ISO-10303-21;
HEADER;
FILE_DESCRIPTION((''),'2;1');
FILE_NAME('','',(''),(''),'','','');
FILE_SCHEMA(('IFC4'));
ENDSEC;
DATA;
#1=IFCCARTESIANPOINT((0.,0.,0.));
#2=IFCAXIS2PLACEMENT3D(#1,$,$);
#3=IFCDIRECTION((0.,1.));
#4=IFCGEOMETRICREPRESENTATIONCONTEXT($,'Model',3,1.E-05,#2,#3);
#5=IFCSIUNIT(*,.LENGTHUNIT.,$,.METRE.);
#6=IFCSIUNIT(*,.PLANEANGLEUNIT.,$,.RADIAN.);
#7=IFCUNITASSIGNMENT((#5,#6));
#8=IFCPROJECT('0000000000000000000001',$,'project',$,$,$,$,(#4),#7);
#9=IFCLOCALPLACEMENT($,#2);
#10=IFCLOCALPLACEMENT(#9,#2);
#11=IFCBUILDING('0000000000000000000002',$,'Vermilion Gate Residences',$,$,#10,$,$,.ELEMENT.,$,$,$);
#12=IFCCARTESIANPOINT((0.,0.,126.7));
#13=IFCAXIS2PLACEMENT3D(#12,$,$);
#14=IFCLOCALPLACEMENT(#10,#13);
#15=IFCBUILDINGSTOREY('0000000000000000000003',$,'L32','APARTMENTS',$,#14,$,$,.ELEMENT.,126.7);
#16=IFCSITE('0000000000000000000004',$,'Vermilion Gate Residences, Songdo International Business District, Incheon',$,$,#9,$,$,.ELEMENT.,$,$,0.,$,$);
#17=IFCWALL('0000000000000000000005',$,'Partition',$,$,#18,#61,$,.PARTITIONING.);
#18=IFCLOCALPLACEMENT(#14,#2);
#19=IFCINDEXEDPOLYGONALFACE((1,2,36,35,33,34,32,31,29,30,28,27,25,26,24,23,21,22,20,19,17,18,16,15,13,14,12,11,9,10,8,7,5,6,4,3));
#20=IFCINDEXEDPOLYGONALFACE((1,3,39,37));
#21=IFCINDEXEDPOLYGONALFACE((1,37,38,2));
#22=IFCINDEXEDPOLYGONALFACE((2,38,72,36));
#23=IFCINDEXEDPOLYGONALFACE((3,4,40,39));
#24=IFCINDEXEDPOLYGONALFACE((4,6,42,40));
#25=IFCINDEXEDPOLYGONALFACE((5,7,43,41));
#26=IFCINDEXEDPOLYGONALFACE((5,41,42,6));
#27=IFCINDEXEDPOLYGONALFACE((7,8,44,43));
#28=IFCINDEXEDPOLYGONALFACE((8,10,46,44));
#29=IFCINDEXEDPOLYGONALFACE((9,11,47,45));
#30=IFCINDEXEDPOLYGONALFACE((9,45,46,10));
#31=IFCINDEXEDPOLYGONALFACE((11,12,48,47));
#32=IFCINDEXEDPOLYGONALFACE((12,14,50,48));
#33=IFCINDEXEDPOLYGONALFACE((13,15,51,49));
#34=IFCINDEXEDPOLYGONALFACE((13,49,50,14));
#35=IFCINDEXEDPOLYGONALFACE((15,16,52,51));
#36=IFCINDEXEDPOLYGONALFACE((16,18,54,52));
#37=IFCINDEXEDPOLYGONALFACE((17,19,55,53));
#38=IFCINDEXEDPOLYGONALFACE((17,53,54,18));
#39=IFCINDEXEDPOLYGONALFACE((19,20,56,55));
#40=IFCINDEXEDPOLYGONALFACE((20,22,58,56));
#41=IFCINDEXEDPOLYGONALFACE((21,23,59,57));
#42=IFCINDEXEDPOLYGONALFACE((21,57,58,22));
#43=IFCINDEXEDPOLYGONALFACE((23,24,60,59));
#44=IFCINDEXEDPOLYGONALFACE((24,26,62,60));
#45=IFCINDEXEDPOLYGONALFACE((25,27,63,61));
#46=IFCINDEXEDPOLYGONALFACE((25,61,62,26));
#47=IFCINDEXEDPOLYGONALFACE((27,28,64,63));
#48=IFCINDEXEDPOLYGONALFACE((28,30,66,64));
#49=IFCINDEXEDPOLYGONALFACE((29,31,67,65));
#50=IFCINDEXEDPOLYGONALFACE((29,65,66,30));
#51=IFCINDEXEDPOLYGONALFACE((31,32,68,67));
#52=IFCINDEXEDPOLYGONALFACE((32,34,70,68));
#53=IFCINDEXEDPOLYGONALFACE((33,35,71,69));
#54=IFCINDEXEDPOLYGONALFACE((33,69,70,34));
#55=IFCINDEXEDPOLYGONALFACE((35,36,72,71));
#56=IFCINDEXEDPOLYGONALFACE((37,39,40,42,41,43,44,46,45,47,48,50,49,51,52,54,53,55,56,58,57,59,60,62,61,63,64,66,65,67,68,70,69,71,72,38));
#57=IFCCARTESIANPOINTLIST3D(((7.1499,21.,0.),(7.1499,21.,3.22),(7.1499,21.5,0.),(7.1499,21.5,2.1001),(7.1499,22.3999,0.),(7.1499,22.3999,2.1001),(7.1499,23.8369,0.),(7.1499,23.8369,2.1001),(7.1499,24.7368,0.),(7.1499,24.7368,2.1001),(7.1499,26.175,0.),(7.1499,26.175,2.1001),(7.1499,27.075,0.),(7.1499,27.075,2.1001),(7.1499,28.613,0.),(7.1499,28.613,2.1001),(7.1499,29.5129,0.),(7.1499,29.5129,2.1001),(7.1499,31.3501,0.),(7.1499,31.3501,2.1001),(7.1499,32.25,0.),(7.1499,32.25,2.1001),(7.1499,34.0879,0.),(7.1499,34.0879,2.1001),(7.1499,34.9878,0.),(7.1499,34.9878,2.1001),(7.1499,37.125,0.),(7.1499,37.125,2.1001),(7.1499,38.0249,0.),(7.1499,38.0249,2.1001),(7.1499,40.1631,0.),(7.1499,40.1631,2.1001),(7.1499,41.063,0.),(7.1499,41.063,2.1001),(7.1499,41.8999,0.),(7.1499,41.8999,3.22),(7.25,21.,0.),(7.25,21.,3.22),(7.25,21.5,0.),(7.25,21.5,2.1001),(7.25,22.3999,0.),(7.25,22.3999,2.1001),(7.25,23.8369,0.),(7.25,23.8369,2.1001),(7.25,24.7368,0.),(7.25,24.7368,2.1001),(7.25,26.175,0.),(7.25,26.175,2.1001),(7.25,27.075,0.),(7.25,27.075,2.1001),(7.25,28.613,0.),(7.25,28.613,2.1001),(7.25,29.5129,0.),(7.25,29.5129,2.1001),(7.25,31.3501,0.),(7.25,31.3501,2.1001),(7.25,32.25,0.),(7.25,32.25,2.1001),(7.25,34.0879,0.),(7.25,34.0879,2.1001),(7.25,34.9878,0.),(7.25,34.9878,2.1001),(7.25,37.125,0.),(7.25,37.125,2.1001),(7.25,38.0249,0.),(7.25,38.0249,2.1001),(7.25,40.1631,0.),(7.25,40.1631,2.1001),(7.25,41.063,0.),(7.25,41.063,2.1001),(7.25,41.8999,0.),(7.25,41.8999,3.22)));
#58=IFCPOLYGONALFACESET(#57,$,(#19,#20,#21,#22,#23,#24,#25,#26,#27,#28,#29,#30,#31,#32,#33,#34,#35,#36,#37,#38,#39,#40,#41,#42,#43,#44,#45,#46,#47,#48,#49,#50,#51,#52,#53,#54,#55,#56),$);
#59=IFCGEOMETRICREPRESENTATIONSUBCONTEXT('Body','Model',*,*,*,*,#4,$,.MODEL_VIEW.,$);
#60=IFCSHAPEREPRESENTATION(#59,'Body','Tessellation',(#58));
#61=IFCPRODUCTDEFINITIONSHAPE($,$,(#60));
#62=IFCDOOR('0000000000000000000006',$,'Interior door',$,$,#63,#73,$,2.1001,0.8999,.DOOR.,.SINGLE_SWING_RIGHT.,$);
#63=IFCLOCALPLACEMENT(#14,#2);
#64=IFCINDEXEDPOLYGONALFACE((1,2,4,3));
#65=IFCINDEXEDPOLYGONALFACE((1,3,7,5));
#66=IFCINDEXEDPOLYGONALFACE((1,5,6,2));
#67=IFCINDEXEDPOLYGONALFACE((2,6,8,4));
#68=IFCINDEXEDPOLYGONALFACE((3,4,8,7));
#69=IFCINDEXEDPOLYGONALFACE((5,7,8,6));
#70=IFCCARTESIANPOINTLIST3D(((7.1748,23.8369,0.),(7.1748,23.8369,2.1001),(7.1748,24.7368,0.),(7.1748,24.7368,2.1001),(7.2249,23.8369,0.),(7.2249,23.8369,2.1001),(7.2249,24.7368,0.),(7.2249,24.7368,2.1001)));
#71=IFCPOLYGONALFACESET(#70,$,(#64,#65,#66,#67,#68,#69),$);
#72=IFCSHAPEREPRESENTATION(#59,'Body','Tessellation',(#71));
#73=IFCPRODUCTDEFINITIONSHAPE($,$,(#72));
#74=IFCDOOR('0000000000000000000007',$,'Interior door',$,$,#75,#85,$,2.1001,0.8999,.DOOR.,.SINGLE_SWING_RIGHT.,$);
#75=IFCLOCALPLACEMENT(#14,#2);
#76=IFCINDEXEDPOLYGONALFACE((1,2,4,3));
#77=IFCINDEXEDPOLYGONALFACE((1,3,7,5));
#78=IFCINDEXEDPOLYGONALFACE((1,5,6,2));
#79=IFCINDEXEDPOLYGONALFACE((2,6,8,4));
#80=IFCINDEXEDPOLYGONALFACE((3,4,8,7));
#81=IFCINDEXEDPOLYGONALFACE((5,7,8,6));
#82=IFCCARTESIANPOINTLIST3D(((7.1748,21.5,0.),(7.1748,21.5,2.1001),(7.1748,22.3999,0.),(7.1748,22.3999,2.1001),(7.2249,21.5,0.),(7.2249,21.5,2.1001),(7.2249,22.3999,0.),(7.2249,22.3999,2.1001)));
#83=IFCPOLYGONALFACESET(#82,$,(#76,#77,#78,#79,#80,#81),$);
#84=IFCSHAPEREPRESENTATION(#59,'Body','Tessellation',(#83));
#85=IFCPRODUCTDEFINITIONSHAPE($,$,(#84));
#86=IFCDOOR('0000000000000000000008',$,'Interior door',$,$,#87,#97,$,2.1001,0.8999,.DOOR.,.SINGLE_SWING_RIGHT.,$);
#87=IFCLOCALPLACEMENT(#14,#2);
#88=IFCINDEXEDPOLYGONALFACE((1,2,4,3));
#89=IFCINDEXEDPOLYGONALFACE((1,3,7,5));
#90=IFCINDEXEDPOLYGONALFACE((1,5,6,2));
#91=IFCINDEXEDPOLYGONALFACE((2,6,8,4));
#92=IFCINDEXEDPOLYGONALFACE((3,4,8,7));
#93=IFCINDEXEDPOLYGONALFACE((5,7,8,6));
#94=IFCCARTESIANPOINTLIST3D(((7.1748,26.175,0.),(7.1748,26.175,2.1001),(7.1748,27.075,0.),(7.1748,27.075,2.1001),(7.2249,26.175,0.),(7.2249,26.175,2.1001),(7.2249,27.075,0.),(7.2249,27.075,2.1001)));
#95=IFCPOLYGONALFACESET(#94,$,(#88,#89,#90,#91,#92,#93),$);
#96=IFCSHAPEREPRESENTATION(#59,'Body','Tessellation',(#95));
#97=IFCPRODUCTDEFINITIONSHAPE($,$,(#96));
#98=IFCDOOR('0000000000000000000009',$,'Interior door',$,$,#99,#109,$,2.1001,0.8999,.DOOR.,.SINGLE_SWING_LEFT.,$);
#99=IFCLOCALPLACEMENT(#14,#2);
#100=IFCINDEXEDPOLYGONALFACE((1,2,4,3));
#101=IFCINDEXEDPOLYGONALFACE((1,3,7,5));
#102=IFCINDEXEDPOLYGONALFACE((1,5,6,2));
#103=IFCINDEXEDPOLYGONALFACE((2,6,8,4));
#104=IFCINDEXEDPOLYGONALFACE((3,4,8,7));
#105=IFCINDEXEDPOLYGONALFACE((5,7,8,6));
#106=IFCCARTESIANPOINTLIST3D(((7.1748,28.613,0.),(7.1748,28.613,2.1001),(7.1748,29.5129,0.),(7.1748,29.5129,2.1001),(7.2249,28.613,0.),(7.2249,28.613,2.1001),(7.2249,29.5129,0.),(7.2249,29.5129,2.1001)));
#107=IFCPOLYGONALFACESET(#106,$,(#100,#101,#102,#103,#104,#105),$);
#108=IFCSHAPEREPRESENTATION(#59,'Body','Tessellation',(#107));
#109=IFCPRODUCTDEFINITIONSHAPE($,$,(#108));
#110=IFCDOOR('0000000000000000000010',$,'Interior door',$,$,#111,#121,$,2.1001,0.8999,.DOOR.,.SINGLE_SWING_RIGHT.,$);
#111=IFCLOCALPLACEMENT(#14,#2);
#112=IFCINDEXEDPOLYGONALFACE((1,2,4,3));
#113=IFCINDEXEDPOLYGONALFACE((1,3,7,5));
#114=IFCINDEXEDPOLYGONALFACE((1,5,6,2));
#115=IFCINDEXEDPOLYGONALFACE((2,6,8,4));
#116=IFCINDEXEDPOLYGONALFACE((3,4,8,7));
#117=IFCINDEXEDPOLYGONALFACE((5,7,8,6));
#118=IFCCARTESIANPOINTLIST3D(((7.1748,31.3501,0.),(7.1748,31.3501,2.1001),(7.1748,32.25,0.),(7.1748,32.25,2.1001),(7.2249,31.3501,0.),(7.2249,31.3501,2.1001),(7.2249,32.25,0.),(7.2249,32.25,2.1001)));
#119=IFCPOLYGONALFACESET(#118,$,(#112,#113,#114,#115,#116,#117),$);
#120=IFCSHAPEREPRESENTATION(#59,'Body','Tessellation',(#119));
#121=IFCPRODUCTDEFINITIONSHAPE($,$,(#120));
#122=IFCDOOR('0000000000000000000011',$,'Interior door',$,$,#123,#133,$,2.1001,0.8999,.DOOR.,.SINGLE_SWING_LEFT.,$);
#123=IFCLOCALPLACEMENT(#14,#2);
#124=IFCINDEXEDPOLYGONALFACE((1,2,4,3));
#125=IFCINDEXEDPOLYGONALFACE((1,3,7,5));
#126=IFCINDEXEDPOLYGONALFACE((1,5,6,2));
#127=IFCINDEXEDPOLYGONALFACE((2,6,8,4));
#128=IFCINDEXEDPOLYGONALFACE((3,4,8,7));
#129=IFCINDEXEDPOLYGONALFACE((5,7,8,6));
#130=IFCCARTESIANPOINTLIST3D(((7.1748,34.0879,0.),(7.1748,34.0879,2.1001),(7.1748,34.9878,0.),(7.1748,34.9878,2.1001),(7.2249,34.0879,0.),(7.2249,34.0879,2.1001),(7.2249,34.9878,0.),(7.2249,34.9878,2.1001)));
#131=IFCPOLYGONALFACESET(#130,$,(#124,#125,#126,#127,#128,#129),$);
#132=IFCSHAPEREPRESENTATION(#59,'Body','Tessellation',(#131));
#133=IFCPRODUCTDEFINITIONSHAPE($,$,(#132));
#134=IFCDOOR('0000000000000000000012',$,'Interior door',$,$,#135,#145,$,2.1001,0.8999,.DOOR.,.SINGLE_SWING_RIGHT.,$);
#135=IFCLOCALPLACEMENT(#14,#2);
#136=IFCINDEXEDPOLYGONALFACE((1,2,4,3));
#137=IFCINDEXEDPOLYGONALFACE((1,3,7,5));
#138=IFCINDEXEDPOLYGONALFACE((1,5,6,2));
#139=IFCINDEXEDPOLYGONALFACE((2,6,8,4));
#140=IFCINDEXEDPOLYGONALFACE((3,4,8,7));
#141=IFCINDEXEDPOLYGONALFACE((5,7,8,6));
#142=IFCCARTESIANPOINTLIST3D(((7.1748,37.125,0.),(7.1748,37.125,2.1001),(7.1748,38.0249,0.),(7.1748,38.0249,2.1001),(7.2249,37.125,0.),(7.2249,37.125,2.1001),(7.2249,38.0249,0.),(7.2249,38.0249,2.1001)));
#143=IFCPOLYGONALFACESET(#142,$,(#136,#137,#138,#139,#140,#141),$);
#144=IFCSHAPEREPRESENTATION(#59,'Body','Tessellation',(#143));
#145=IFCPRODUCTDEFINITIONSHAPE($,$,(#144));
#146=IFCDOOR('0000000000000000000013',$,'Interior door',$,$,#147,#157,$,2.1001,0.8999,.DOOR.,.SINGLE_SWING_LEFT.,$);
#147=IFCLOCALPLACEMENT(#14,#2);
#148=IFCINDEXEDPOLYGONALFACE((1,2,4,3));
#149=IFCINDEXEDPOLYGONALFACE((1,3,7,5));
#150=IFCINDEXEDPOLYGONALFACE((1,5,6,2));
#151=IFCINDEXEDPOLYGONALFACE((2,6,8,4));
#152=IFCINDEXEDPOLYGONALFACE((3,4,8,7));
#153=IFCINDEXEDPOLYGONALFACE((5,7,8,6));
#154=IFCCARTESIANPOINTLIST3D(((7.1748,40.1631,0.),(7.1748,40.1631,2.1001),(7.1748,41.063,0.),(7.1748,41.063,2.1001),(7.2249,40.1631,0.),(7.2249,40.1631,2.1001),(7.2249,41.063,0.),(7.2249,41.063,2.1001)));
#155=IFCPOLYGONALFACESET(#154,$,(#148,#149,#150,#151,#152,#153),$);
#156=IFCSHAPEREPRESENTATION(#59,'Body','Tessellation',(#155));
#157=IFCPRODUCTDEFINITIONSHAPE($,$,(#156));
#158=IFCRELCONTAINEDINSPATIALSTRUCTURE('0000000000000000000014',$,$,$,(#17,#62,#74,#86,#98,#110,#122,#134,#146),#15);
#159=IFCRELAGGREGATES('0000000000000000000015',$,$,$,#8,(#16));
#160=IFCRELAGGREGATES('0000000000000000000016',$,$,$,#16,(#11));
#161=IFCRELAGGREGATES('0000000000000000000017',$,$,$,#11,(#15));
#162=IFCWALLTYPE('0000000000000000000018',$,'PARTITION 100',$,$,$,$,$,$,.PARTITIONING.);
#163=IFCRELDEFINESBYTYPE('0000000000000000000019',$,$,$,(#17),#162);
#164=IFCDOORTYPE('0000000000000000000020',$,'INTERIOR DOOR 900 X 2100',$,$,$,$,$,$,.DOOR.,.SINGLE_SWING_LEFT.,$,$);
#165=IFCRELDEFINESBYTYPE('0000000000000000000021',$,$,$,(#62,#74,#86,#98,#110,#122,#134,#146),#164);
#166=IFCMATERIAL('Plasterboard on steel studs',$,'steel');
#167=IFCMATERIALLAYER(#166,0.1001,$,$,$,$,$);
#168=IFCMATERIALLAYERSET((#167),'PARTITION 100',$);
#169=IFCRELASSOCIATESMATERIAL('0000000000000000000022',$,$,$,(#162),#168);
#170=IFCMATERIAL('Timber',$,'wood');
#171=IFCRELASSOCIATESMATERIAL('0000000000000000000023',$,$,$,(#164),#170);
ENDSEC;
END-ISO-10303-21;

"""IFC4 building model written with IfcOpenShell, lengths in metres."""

from ifc_helpers import new_model, si_unit, direction, frame, frame_2d, origin, place, context, subcontext, project, spatial, rectangle, extrude, material, layer, layer_set, type_object, element, fill, save


model = new_model("IFC4")

# Units and contexts
model_context = context("Model", 3, precision=1e-05, world=origin(), true_north=direction((0.0, 1.0)))
body_context = subcontext(model_context, "Body", "Model", "MODEL_VIEW")
ifc_project = project(units=[si_unit("LENGTHUNIT", "METRE"), si_unit("PLANEANGLEUNIT", "RADIAN")], contexts=[model_context])

# Site, building, storey
site_placement = place(None, origin())
site = spatial("IfcSite", under=ifc_project, at=site_placement, Name="Vermilion Gate Residences, Songdo International Business District, Incheon", CompositionType="ELEMENT", RefElevation=0.0)
building_placement = place(site_placement, origin())
building = spatial("IfcBuilding", under=site, at=building_placement, Name="Vermilion Gate Residences", CompositionType="ELEMENT")
storey_placement = place(building_placement, frame((0.0, 0.0, 126.7)))
storey = spatial("IfcBuildingStorey", under=building, at=storey_placement, Name="L32", Description="APARTMENTS", CompositionType="ELEMENT", Elevation=126.7)

# Shared definitions
ifc_material_1 = material(Name="Plasterboard on steel studs", Category="steel")
ifc_layer = layer(ifc_material_1, 0.1001)
ifc_layer_set = layer_set([ifc_layer], Name="PARTITION 100")
wall_type = type_object("IfcWallType", Name="PARTITION 100", PredefinedType="PARTITIONING", material=ifc_layer_set)

# Wall, openings, doors
wall_1_placement = place(storey_placement, frame((7.2, 21.0, 0.0), z_axis=(0.0, 0.0, 1.0), x_axis=(0.0, 1.0, 0.0)))
wall_1 = element("IfcWall", 1, at=wall_1_placement, inside=storey, type_object=wall_type, Name="Partition", PredefinedType="PARTITIONING", context=body_context, shape_type="SweptSolid", body=[
    extrude(rectangle(XDim=20.8999, YDim=0.1001, at=frame_2d((10.45, 0.0))), origin(), (0.0, 0.0, 1.0), 3.22),
])
opening_1_placement = place(wall_1_placement, frame((2.8369, 0.0, 0.0)))
opening_1 = element("IfcOpeningElement", 2, at=opening_1_placement, cuts=wall_1, PredefinedType="OPENING", context=body_context, shape_type="SweptSolid", body=[
    extrude(rectangle(XDim=0.8999, YDim=2.1001, at=frame_2d((0.45, 1.05))), frame((0.0, 0.0601, 0.0), z_axis=(0.0, -1.0, 0.0), x_axis=(1.0, 0.0, 0.0)), (0.0, 0.0, 1.0), 0.1201),
])
opening_2_placement = place(wall_1_placement, frame((0.5, 0.0, 0.0)))
opening_2 = element("IfcOpeningElement", 3, at=opening_2_placement, cuts=wall_1, PredefinedType="OPENING", context=body_context, shape_type="SweptSolid", body=[
    extrude(rectangle(XDim=0.8999, YDim=2.1001, at=frame_2d((0.45, 1.05))), frame((0.0, 0.0601, 0.0), z_axis=(0.0, -1.0, 0.0), x_axis=(1.0, 0.0, 0.0)), (0.0, 0.0, 1.0), 0.1201),
])
opening_3_placement = place(wall_1_placement, frame((5.175, 0.0, 0.0)))
opening_3 = element("IfcOpeningElement", 4, at=opening_3_placement, cuts=wall_1, PredefinedType="OPENING", context=body_context, shape_type="SweptSolid", body=[
    extrude(rectangle(XDim=0.8999, YDim=2.1001, at=frame_2d((0.45, 1.05))), frame((0.0, 0.0601, 0.0), z_axis=(0.0, -1.0, 0.0), x_axis=(1.0, 0.0, 0.0)), (0.0, 0.0, 1.0), 0.1201),
])
opening_4_placement = place(wall_1_placement, frame((7.613, 0.0, 0.0)))
opening_4 = element("IfcOpeningElement", 5, at=opening_4_placement, cuts=wall_1, PredefinedType="OPENING", context=body_context, shape_type="SweptSolid", body=[
    extrude(rectangle(XDim=0.8999, YDim=2.1001, at=frame_2d((0.45, 1.05))), frame((0.0, 0.0601, 0.0), z_axis=(0.0, -1.0, 0.0), x_axis=(1.0, 0.0, 0.0)), (0.0, 0.0, 1.0), 0.1201),
])
opening_5_placement = place(wall_1_placement, frame((10.3501, 0.0, 0.0)))
opening_5 = element("IfcOpeningElement", 6, at=opening_5_placement, cuts=wall_1, PredefinedType="OPENING", context=body_context, shape_type="SweptSolid", body=[
    extrude(rectangle(XDim=0.8999, YDim=2.1001, at=frame_2d((0.45, 1.05))), frame((0.0, 0.0601, 0.0), z_axis=(0.0, -1.0, 0.0), x_axis=(1.0, 0.0, 0.0)), (0.0, 0.0, 1.0), 0.1201),
])
opening_6_placement = place(wall_1_placement, frame((13.0879, 0.0, 0.0)))
opening_6 = element("IfcOpeningElement", 7, at=opening_6_placement, cuts=wall_1, PredefinedType="OPENING", context=body_context, shape_type="SweptSolid", body=[
    extrude(rectangle(XDim=0.8999, YDim=2.1001, at=frame_2d((0.45, 1.05))), frame((0.0, 0.0601, 0.0), z_axis=(0.0, -1.0, 0.0), x_axis=(1.0, 0.0, 0.0)), (0.0, 0.0, 1.0), 0.1201),
])
opening_7_placement = place(wall_1_placement, frame((16.125, 0.0, 0.0)))
opening_7 = element("IfcOpeningElement", 8, at=opening_7_placement, cuts=wall_1, PredefinedType="OPENING", context=body_context, shape_type="SweptSolid", body=[
    extrude(rectangle(XDim=0.8999, YDim=2.1001, at=frame_2d((0.45, 1.05))), frame((0.0, 0.0601, 0.0), z_axis=(0.0, -1.0, 0.0), x_axis=(1.0, 0.0, 0.0)), (0.0, 0.0, 1.0), 0.1201),
])
opening_8_placement = place(wall_1_placement, frame((19.1631, 0.0, 0.0)))
opening_8 = element("IfcOpeningElement", 9, at=opening_8_placement, cuts=wall_1, PredefinedType="OPENING", context=body_context, shape_type="SweptSolid", body=[
    extrude(rectangle(XDim=0.8999, YDim=2.1001, at=frame_2d((0.45, 1.05))), frame((0.0, 0.0601, 0.0), z_axis=(0.0, -1.0, 0.0), x_axis=(1.0, 0.0, 0.0)), (0.0, 0.0, 1.0), 0.1201),
])
ifc_material_2 = material(Name="Timber", Category="wood")
door_type = type_object("IfcDoorType", Name="INTERIOR DOOR 900 X 2100", OperationType="SINGLE_SWING_LEFT", PredefinedType="DOOR", material=ifc_material_2)
door_1_placement = place(opening_1_placement, frame((0.8999, 0.0, 0.0), z_axis=(0.0, 0.0, 1.0), x_axis=(-1.0, 0.0, 0.0)))
door_1 = element("IfcDoor", 10, at=door_1_placement, inside=storey, type_object=door_type, Name="Interior door", OperationType="SINGLE_SWING_RIGHT", OverallHeight=2.1001, OverallWidth=0.8999, PredefinedType="DOOR", context=body_context, shape_type="SweptSolid", body=[
    extrude(rectangle(XDim=0.8999, YDim=2.1001, at=frame_2d((0.45, 1.05))), frame((0.0, 0.0249, 0.0), z_axis=(0.0, -1.0, 0.0), x_axis=(1.0, 0.0, 0.0)), (0.0, 0.0, 1.0), 0.05),
])
fill(opening_1, door_1)
door_2_placement = place(opening_2_placement, frame((0.8999, 0.0, 0.0), z_axis=(0.0, 0.0, 1.0), x_axis=(-1.0, 0.0, 0.0)))
door_2 = element("IfcDoor", 11, at=door_2_placement, inside=storey, type_object=door_type, Name="Interior door", OperationType="SINGLE_SWING_RIGHT", OverallHeight=2.1001, OverallWidth=0.8999, PredefinedType="DOOR", context=body_context, shape_type="SweptSolid", body=[
    extrude(rectangle(XDim=0.8999, YDim=2.1001, at=frame_2d((0.45, 1.05))), frame((0.0, 0.0249, 0.0), z_axis=(0.0, -1.0, 0.0), x_axis=(1.0, 0.0, 0.0)), (0.0, 0.0, 1.0), 0.05),
])
fill(opening_2, door_2)
door_3_placement = place(opening_3_placement, frame((0.8999, 0.0, 0.0), z_axis=(0.0, 0.0, 1.0), x_axis=(-1.0, 0.0, 0.0)))
door_3 = element("IfcDoor", 12, at=door_3_placement, inside=storey, type_object=door_type, Name="Interior door", OperationType="SINGLE_SWING_RIGHT", OverallHeight=2.1001, OverallWidth=0.8999, PredefinedType="DOOR", context=body_context, shape_type="SweptSolid", body=[
    extrude(rectangle(XDim=0.8999, YDim=2.1001, at=frame_2d((0.45, 1.05))), frame((0.0, 0.0249, 0.0), z_axis=(0.0, -1.0, 0.0), x_axis=(1.0, 0.0, 0.0)), (0.0, 0.0, 1.0), 0.05),
])
fill(opening_3, door_3)
door_4_placement = place(opening_4_placement, frame((0.8999, 0.0, 0.0), z_axis=(0.0, 0.0, 1.0), x_axis=(-1.0, 0.0, 0.0)))
door_4 = element("IfcDoor", 13, at=door_4_placement, inside=storey, type_object=door_type, Name="Interior door", OperationType="SINGLE_SWING_LEFT", OverallHeight=2.1001, OverallWidth=0.8999, PredefinedType="DOOR", context=body_context, shape_type="SweptSolid", body=[
    extrude(rectangle(XDim=0.8999, YDim=2.1001, at=frame_2d((0.45, 1.05))), frame((0.0, 0.0249, 0.0), z_axis=(0.0, -1.0, 0.0), x_axis=(1.0, 0.0, 0.0)), (0.0, 0.0, 1.0), 0.05),
])
fill(opening_4, door_4)
door_5_placement = place(opening_5_placement, frame((0.8999, 0.0, 0.0), z_axis=(0.0, 0.0, 1.0), x_axis=(-1.0, 0.0, 0.0)))
door_5 = element("IfcDoor", 14, at=door_5_placement, inside=storey, type_object=door_type, Name="Interior door", OperationType="SINGLE_SWING_RIGHT", OverallHeight=2.1001, OverallWidth=0.8999, PredefinedType="DOOR", context=body_context, shape_type="SweptSolid", body=[
    extrude(rectangle(XDim=0.8999, YDim=2.1001, at=frame_2d((0.45, 1.05))), frame((0.0, 0.0249, 0.0), z_axis=(0.0, -1.0, 0.0), x_axis=(1.0, 0.0, 0.0)), (0.0, 0.0, 1.0), 0.05),
])
fill(opening_5, door_5)
door_6_placement = place(opening_6_placement, frame((0.8999, 0.0, 0.0), z_axis=(0.0, 0.0, 1.0), x_axis=(-1.0, 0.0, 0.0)))
door_6 = element("IfcDoor", 15, at=door_6_placement, inside=storey, type_object=door_type, Name="Interior door", OperationType="SINGLE_SWING_LEFT", OverallHeight=2.1001, OverallWidth=0.8999, PredefinedType="DOOR", context=body_context, shape_type="SweptSolid", body=[
    extrude(rectangle(XDim=0.8999, YDim=2.1001, at=frame_2d((0.45, 1.05))), frame((0.0, 0.0249, 0.0), z_axis=(0.0, -1.0, 0.0), x_axis=(1.0, 0.0, 0.0)), (0.0, 0.0, 1.0), 0.05),
])
fill(opening_6, door_6)
door_7_placement = place(opening_7_placement, frame((0.8999, 0.0, 0.0), z_axis=(0.0, 0.0, 1.0), x_axis=(-1.0, 0.0, 0.0)))
door_7 = element("IfcDoor", 16, at=door_7_placement, inside=storey, type_object=door_type, Name="Interior door", OperationType="SINGLE_SWING_RIGHT", OverallHeight=2.1001, OverallWidth=0.8999, PredefinedType="DOOR", context=body_context, shape_type="SweptSolid", body=[
    extrude(rectangle(XDim=0.8999, YDim=2.1001, at=frame_2d((0.45, 1.05))), frame((0.0, 0.0249, 0.0), z_axis=(0.0, -1.0, 0.0), x_axis=(1.0, 0.0, 0.0)), (0.0, 0.0, 1.0), 0.05),
])
fill(opening_7, door_7)
door_8_placement = place(opening_8_placement, frame((0.8999, 0.0, 0.0), z_axis=(0.0, 0.0, 1.0), x_axis=(-1.0, 0.0, 0.0)))
door_8 = element("IfcDoor", 17, at=door_8_placement, inside=storey, type_object=door_type, Name="Interior door", OperationType="SINGLE_SWING_LEFT", OverallHeight=2.1001, OverallWidth=0.8999, PredefinedType="DOOR", context=body_context, shape_type="SweptSolid", body=[
    extrude(rectangle(XDim=0.8999, YDim=2.1001, at=frame_2d((0.45, 1.05))), frame((0.0, 0.0249, 0.0), z_axis=(0.0, -1.0, 0.0), x_axis=(1.0, 0.0, 0.0)), (0.0, 0.0, 1.0), 0.05),
])
fill(opening_8, door_8)

save(model, "model.ifc")
